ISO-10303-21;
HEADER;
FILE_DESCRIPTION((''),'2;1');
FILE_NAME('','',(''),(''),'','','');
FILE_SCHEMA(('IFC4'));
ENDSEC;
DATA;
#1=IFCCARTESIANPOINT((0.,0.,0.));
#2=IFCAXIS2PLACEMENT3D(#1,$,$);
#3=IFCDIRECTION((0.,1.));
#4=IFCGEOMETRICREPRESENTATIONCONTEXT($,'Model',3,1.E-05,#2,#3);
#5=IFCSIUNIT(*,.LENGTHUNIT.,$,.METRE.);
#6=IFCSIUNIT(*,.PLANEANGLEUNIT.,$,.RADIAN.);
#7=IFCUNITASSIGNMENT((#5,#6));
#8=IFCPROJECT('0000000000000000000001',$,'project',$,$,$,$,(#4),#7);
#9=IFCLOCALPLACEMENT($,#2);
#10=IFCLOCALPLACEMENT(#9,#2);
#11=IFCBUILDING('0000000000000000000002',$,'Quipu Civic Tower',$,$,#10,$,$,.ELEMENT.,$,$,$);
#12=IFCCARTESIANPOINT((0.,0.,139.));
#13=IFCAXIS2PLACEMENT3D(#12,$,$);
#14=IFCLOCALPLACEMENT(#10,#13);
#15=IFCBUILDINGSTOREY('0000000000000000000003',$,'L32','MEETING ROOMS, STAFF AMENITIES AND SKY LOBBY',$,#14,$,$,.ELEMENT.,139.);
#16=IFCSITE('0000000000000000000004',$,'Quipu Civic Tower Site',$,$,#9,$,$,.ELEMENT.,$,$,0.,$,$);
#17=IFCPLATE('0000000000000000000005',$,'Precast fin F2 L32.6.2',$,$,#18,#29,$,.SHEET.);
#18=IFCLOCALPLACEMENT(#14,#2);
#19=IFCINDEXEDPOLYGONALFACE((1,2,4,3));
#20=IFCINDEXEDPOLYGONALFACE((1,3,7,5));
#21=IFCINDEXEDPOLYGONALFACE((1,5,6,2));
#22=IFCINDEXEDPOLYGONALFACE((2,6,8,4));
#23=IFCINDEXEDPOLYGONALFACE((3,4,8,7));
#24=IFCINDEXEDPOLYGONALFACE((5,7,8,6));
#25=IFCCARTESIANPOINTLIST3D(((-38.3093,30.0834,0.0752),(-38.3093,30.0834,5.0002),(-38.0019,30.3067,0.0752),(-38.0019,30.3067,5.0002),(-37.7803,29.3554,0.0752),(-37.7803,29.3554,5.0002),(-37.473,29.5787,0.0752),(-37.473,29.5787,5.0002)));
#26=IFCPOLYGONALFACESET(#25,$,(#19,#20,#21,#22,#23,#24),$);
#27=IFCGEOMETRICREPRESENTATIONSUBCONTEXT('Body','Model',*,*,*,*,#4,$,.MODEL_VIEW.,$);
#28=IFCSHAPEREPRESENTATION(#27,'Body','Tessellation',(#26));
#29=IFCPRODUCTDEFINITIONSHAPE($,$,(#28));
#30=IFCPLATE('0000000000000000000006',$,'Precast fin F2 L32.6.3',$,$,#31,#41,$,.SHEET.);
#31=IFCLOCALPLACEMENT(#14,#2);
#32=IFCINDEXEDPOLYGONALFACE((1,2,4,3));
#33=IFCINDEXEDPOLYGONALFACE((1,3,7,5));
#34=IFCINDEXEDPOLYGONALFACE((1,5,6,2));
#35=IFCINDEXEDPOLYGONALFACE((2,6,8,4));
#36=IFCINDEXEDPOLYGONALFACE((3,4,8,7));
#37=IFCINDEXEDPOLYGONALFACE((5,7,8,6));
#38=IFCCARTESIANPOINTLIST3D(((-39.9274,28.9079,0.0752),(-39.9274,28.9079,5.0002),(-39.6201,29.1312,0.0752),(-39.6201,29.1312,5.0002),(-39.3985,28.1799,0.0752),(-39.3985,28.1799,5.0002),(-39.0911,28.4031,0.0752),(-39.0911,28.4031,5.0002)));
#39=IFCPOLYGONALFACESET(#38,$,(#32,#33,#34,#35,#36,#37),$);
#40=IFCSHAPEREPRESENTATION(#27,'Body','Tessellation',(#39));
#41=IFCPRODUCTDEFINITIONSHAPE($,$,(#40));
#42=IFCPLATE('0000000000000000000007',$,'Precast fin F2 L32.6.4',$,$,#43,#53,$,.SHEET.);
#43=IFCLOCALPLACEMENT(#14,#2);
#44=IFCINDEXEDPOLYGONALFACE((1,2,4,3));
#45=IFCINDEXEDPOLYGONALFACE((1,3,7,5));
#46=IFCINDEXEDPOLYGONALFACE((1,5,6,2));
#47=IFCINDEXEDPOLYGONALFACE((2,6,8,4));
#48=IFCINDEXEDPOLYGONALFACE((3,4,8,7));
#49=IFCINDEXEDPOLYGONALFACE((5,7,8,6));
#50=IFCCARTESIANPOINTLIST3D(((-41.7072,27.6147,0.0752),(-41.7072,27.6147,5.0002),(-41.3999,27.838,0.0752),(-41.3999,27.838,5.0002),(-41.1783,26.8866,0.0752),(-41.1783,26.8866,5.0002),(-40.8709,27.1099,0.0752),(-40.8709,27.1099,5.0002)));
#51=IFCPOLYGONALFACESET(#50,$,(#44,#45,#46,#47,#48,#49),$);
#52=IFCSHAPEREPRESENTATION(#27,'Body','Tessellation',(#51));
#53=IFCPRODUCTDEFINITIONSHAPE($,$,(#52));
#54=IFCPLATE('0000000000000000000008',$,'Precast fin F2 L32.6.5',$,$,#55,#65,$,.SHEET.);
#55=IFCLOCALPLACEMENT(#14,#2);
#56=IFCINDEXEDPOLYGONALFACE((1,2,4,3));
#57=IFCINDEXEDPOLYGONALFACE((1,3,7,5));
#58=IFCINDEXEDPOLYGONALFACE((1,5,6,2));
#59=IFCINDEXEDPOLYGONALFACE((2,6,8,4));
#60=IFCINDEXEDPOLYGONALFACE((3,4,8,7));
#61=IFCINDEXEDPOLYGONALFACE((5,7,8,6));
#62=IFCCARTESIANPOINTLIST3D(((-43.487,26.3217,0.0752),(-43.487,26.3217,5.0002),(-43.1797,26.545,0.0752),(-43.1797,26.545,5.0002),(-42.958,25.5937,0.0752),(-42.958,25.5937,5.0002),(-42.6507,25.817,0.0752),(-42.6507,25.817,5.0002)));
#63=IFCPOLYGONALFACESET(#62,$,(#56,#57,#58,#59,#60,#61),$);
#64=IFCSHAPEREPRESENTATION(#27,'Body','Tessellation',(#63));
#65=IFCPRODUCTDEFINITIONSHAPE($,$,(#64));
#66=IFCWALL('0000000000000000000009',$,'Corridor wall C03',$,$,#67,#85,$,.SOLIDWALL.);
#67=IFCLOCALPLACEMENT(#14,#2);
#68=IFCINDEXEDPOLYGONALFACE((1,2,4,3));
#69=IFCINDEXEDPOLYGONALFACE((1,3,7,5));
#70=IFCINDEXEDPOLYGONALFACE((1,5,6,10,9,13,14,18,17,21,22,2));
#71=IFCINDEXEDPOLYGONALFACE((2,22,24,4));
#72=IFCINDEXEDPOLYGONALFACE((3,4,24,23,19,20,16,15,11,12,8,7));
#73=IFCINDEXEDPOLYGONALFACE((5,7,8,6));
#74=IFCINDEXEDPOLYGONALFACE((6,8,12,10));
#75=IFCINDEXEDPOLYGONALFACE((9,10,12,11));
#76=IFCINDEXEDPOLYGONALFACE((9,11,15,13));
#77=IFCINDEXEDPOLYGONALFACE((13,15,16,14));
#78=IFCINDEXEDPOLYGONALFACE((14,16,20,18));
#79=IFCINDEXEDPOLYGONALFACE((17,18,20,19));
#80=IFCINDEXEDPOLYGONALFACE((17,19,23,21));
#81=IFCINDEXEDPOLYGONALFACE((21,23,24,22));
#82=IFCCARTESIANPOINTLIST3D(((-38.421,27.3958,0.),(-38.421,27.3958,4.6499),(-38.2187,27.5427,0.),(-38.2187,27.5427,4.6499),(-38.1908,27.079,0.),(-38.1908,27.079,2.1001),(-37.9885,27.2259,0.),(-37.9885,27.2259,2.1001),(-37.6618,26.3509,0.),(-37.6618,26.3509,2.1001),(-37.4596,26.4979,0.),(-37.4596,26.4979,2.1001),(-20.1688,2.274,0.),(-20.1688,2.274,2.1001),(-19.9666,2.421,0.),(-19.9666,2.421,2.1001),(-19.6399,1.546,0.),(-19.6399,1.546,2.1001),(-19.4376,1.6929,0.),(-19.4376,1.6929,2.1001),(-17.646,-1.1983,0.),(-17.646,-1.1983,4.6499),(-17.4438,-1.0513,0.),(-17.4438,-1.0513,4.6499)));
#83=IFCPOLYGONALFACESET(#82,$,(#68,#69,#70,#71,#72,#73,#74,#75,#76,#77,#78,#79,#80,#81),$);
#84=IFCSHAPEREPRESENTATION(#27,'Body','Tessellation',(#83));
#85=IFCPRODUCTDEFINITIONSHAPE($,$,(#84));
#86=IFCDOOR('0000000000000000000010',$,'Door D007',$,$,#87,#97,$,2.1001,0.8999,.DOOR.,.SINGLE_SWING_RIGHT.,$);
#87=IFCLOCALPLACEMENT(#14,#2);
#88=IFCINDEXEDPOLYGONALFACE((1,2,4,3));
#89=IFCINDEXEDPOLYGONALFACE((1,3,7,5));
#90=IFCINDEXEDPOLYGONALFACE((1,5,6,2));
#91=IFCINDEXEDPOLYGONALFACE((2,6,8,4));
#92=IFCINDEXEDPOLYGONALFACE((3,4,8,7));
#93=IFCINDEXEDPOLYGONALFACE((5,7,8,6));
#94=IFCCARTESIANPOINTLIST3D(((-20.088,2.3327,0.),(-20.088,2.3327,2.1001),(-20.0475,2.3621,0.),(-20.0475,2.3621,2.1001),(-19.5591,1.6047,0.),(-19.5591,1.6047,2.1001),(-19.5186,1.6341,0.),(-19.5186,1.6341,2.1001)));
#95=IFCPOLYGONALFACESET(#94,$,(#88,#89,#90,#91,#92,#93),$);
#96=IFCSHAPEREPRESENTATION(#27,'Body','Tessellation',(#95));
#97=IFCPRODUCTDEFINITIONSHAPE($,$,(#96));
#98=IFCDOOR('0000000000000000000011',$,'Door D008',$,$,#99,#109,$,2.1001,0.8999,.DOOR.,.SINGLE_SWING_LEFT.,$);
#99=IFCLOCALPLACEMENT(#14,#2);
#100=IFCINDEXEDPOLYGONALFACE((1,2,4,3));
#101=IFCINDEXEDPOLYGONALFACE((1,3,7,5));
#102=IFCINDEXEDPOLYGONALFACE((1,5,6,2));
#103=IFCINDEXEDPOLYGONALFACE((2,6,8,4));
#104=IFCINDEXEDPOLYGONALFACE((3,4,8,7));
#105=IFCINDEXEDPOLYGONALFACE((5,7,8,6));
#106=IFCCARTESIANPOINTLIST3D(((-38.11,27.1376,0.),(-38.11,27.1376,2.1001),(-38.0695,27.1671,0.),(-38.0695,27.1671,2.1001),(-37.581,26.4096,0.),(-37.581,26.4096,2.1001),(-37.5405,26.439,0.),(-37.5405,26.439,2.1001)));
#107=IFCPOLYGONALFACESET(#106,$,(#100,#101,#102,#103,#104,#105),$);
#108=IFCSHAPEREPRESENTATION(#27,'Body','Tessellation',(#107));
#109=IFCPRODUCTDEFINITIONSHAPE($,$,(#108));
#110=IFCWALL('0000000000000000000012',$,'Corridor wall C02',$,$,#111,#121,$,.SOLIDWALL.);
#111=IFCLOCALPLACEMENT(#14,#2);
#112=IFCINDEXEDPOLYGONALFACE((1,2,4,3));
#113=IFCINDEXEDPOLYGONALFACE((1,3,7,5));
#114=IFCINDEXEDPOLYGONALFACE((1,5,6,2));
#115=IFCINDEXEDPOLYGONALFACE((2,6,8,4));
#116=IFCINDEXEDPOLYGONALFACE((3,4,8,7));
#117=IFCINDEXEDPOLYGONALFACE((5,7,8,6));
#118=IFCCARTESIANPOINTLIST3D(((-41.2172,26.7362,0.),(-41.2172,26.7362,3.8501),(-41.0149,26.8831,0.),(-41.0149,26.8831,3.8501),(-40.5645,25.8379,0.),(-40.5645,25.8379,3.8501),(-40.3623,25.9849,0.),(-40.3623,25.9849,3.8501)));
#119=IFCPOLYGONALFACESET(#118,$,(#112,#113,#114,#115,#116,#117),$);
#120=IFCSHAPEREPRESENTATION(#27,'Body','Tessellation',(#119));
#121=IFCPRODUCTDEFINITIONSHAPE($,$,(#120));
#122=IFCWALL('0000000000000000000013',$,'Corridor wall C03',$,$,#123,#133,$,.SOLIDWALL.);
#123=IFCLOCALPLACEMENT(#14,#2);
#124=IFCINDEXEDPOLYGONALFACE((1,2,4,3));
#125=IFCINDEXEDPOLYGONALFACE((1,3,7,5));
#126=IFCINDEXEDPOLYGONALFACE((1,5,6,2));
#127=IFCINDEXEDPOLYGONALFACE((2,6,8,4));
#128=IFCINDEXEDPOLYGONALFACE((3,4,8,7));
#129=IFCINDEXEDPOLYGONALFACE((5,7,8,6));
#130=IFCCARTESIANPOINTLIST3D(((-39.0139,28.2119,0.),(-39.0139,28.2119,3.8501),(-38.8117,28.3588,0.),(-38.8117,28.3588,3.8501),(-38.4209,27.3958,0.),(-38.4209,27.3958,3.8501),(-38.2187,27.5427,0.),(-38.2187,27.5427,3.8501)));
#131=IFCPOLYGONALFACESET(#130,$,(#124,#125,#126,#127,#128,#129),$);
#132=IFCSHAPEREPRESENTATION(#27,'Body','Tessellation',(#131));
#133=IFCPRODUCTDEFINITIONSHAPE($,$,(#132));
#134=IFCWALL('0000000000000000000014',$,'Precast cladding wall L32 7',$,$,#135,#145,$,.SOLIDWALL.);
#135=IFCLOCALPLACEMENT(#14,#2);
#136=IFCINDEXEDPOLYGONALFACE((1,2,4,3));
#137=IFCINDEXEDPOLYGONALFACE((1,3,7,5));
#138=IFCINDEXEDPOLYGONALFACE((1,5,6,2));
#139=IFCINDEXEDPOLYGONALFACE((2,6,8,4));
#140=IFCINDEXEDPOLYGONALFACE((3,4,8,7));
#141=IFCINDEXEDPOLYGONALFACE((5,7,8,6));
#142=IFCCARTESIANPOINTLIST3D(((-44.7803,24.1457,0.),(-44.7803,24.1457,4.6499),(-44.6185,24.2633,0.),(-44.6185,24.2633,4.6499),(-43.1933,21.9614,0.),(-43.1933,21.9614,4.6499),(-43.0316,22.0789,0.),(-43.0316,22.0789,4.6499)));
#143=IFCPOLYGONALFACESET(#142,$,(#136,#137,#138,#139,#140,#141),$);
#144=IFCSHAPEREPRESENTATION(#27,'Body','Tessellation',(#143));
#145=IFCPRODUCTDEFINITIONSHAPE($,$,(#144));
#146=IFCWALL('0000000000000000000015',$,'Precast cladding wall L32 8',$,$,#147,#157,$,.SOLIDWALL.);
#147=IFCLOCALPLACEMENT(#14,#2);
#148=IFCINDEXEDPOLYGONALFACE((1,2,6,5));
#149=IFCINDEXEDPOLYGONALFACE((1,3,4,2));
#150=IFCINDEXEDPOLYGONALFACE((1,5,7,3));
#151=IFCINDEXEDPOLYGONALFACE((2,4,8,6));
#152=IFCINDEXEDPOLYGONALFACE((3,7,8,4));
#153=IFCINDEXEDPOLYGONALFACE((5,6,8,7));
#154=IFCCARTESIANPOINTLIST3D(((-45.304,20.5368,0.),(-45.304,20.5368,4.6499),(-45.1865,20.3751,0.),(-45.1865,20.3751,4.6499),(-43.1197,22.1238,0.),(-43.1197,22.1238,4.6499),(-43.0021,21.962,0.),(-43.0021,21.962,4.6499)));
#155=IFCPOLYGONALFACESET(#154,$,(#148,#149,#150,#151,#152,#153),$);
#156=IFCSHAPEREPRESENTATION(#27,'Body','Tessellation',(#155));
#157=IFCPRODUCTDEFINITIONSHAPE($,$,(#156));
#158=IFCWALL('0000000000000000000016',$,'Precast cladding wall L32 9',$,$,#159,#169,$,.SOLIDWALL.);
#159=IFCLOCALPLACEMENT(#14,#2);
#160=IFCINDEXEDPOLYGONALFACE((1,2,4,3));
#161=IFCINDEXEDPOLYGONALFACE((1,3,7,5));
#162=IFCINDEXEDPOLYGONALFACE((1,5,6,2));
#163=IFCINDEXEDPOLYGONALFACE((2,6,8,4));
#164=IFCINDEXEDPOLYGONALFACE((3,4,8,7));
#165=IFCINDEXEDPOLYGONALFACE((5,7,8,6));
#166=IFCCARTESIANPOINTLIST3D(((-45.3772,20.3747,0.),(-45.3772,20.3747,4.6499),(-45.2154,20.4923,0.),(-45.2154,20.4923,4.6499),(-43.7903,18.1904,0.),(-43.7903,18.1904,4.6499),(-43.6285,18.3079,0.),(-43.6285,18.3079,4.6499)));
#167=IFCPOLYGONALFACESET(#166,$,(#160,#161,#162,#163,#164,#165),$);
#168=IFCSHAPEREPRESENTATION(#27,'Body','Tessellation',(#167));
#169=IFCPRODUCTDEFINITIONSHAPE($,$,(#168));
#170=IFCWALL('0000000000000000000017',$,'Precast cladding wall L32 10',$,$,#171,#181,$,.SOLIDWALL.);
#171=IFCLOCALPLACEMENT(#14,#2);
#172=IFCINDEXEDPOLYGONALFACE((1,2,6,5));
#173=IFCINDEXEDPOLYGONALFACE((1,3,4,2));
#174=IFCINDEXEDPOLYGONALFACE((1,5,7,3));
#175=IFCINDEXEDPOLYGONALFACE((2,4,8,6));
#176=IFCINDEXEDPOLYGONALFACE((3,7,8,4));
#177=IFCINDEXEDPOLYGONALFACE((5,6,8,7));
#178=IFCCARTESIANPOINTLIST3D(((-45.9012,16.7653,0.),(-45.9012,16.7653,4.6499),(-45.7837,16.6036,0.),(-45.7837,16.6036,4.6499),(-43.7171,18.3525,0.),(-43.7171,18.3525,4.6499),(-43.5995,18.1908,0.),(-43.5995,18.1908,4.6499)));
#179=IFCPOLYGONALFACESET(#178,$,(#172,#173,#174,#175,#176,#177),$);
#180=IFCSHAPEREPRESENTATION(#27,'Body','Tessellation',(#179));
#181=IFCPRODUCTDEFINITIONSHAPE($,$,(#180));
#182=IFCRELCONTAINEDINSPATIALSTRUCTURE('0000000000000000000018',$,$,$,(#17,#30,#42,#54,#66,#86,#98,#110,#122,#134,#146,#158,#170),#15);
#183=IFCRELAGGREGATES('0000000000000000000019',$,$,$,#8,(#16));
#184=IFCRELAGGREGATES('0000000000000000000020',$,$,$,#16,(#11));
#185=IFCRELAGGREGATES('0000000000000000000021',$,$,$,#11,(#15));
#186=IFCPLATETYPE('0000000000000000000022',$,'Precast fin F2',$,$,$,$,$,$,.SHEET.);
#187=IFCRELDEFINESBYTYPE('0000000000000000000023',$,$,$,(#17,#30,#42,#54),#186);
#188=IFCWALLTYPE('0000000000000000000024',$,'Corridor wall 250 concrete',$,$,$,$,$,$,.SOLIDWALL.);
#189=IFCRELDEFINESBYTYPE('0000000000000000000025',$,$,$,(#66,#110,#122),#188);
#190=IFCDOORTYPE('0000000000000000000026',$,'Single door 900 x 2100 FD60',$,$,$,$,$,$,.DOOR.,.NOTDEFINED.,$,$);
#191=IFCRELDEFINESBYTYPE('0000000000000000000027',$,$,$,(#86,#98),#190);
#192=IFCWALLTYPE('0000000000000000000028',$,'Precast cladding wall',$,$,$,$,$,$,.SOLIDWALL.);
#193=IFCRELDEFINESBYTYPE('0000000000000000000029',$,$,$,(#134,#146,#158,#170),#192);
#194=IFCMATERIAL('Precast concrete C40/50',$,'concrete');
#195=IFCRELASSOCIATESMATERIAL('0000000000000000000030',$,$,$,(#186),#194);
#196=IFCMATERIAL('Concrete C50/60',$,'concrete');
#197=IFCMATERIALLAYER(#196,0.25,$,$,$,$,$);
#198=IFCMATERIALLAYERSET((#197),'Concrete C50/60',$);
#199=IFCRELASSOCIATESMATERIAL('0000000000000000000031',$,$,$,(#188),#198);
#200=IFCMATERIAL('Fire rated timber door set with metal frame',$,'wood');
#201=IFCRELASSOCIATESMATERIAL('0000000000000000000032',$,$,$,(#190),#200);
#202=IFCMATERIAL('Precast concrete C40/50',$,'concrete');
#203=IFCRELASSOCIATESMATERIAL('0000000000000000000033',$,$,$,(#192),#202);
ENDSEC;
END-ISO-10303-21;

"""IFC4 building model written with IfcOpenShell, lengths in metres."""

from ifc_helpers import new_model, si_unit, direction, frame, frame_2d, origin, origin_2d, place, context, subcontext, project, spatial, rectangle, extrude, material, layer, layer_set, type_object, element, fill, save


model = new_model("IFC4")

# Units and contexts
model_context = context("Model", 3, precision=1e-05, world=origin(), true_north=direction((0.0, 1.0)))
body_context = subcontext(model_context, "Body", "Model", "MODEL_VIEW")
ifc_project = project(units=[si_unit("LENGTHUNIT", "METRE"), si_unit("PLANEANGLEUNIT", "RADIAN")], contexts=[model_context])

# Site, building, storey
site_placement = place(None, origin())
site = spatial("IfcSite", under=ifc_project, at=site_placement, Name="Quipu Civic Tower Site", CompositionType="ELEMENT", RefElevation=0.0)
building_placement = place(site_placement, origin())
building = spatial("IfcBuilding", under=site, at=building_placement, Name="Quipu Civic Tower", CompositionType="ELEMENT")
storey_placement = place(building_placement, frame((0.0, 0.0, 139.0)))
storey = spatial("IfcBuildingStorey", under=building, at=storey_placement, Name="L32", Description="MEETING ROOMS, STAFF AMENITIES AND SKY LOBBY", CompositionType="ELEMENT", Elevation=139.0)

# Plates
ifc_material_1 = material(Name="Precast concrete C40/50", Category="concrete")
plate_type_1 = type_object("IfcPlateType", Name="Precast fin F2", PredefinedType="SHEET", material=ifc_material_1)
for number, where, z_axis, x_axis, name in (
    (1, (-37.8911, 29.8311, 0.0752), (0.0, 0.0, 1.0), (-0.809017, -0.587785, 0.0), "Precast fin F2 L32.6.2"),
    (2, (-39.5093, 28.6555, 0.0752), (0.0, 0.0, 1.0), (-0.809017, -0.587785, 0.0), "Precast fin F2 L32.6.3"),
    (3, (-41.2891, 27.3623, 0.0752), (0.0, 0.0, 1.0), (-0.809017, -0.587785, 0.0), "Precast fin F2 L32.6.4"),
    (4, (-43.0688, 26.0693, 0.0752), (0.0, 0.0, 1.0), (-0.809017, -0.587785, 0.0), "Precast fin F2 L32.6.5"),
):
    element("IfcPlate", number, at=place(storey_placement, frame(where, z_axis=z_axis, x_axis=x_axis)), inside=storey, type_object=plate_type_1, Name=name, PredefinedType="SHEET", context=body_context, shape_type="SweptSolid", body=[
        extrude(rectangle(XDim=0.3799, YDim=0.8999, at=origin_2d()), origin(), (0.0, 0.0, 1.0), 4.925),
    ])

# Wall, openings, doors
ifc_material_2 = material(Name="Concrete C50/60", Category="concrete")
ifc_layer_1 = layer(ifc_material_2, 0.25)
ifc_layer_set_1 = layer_set([ifc_layer_1], Name="Concrete C50/60")
wall_type_1 = type_object("IfcWallType", Name="Corridor wall 250 concrete", PredefinedType="SOLIDWALL", material=ifc_layer_set_1)
wall_1_placement = place(storey_placement, frame((-38.3198, 27.4692, 0.0), z_axis=(0.0, 0.0, 1.0), x_axis=(0.587788, -0.809015, 0.0)))
wall_1 = element("IfcWall", 5, at=wall_1_placement, inside=storey, type_object=wall_type_1, Name="Corridor wall C03", PredefinedType="SOLIDWALL", context=body_context, shape_type="SweptSolid", body=[
    extrude(rectangle(XDim=35.3442, YDim=0.25, at=frame_2d((17.6721, 0.0))), origin(), (0.0, 0.0, 1.0), 4.6499),
])
opening_1_placement = place(wall_1_placement, frame((31.0522, 0.0, 0.0)))
opening_1 = element("IfcOpeningElement", 6, at=opening_1_placement, cuts=wall_1, PredefinedType="OPENING", context=body_context, shape_type="SweptSolid", body=[
    extrude(rectangle(XDim=0.8999, YDim=2.1001, at=frame_2d((0.45, 1.05))), frame((0.0, 0.135, 0.0), z_axis=(0.0, -1.0, 0.0), x_axis=(1.0, 0.0, 0.0)), (0.0, 0.0, 1.0), 0.27),
])
opening_2_placement = place(wall_1_placement, frame((0.3916, 0.0, 0.0)))
opening_2 = element("IfcOpeningElement", 7, at=opening_2_placement, cuts=wall_1, PredefinedType="OPENING", context=body_context, shape_type="SweptSolid", body=[
    extrude(rectangle(XDim=0.8999, YDim=2.1001, at=frame_2d((0.45, 1.05))), frame((0.0, 0.135, 0.0), z_axis=(0.0, -1.0, 0.0), x_axis=(1.0, 0.0, 0.0)), (0.0, 0.0, 1.0), 0.27),
])
ifc_material_3 = material(Name="Fire rated timber door set with metal frame", Category="wood")
door_type = type_object("IfcDoorType", Name="Single door 900 x 2100 FD60", OperationType="NOTDEFINED", PredefinedType="DOOR", material=ifc_material_3)
door_1_placement = place(opening_1_placement, origin())
door_1 = element("IfcDoor", 8, at=door_1_placement, inside=storey, type_object=door_type, Name="Door D007", OperationType="SINGLE_SWING_RIGHT", OverallHeight=2.1001, OverallWidth=0.8999, PredefinedType="DOOR", context=body_context, shape_type="SweptSolid", body=[
    extrude(rectangle(XDim=0.8999, YDim=2.1001, at=frame_2d((0.45, 1.05))), frame((0.0, 0.0249, 0.0), z_axis=(0.0, -1.0, 0.0), x_axis=(1.0, 0.0, 0.0)), (0.0, 0.0, 1.0), 0.05),
])
fill(opening_1, door_1)
door_2_placement = place(opening_2_placement, origin())
door_2 = element("IfcDoor", 9, at=door_2_placement, inside=storey, type_object=door_type, Name="Door D008", OperationType="SINGLE_SWING_LEFT", OverallHeight=2.1001, OverallWidth=0.8999, PredefinedType="DOOR", context=body_context, shape_type="SweptSolid", body=[
    extrude(rectangle(XDim=0.8999, YDim=2.1001, at=frame_2d((0.45, 1.05))), frame((0.0, 0.0249, 0.0), z_axis=(0.0, -1.0, 0.0), x_axis=(1.0, 0.0, 0.0)), (0.0, 0.0, 1.0), 0.05),
])
fill(opening_2, door_2)

# Walls
wall_2_placement = place(storey_placement, frame((-40.4634, 25.9114, 0.0), z_axis=(0.0, 0.0, 1.0), x_axis=(-0.587792, 0.809012, 0.0)))
element("IfcWall", 10, at=wall_2_placement, inside=storey, type_object=wall_type_1, Name="Corridor wall C02", PredefinedType="SOLIDWALL", context=body_context, shape_type="SweptSolid", body=[
    extrude(rectangle(XDim=1.1104, YDim=0.25, at=frame_2d((0.5552, 0.0))), origin(), (0.0, 0.0, 1.0), 3.8501),
])
wall_3_placement = place(storey_placement, frame((-38.3198, 27.4692, 0.0), z_axis=(0.0, 0.0, 1.0), x_axis=(-0.587812, 0.808998, 0.0)))
element("IfcWall", 11, at=wall_3_placement, inside=storey, type_object=wall_type_1, Name="Corridor wall C03", PredefinedType="SOLIDWALL", context=body_context, shape_type="SweptSolid", body=[
    extrude(rectangle(XDim=1.0088, YDim=0.25, at=frame_2d((0.5044, 0.0))), origin(), (0.0, 0.0, 1.0), 3.8501),
])
ifc_material_4 = material(Name="Precast concrete C40/50", Category="concrete")
wall_type_2 = type_object("IfcWallType", Name="Precast cladding wall", PredefinedType="SOLIDWALL", material=ifc_material_4)
for number, where, z_axis, x_axis, name in (
    (12, (-44.6995, 24.2046, 0.0), (0.0, 0.0, 1.0), (0.587763, -0.809033, 0.0), "Precast cladding wall L32 7"),
    (13, (-43.0608, 22.043, 0.0), (0.0, 0.0, 1.0), (-0.809033, -0.587763, 0.0), "Precast cladding wall L32 8"),
    (14, (-45.2964, 20.4336, 0.0), (0.0, 0.0, 1.0), (0.587763, -0.809033, 0.0), "Precast cladding wall L32 9"),
    (15, (-43.6582, 18.2717, 0.0), (0.0, 0.0, 1.0), (-0.808959, -0.587865, 0.0), "Precast cladding wall L32 10"),
):
    element("IfcWall", number, at=place(storey_placement, frame(where, z_axis=z_axis, x_axis=x_axis)), inside=storey, type_object=wall_type_2, Name=name, PredefinedType="SOLIDWALL", context=body_context, shape_type="SweptSolid", body=[
        extrude(rectangle(XDim=2.7, YDim=0.2, at=frame_2d((1.3501, 0.0))), origin(), (0.0, 0.0, 1.0), 4.6499),
    ])

save(model, "model.ifc")
